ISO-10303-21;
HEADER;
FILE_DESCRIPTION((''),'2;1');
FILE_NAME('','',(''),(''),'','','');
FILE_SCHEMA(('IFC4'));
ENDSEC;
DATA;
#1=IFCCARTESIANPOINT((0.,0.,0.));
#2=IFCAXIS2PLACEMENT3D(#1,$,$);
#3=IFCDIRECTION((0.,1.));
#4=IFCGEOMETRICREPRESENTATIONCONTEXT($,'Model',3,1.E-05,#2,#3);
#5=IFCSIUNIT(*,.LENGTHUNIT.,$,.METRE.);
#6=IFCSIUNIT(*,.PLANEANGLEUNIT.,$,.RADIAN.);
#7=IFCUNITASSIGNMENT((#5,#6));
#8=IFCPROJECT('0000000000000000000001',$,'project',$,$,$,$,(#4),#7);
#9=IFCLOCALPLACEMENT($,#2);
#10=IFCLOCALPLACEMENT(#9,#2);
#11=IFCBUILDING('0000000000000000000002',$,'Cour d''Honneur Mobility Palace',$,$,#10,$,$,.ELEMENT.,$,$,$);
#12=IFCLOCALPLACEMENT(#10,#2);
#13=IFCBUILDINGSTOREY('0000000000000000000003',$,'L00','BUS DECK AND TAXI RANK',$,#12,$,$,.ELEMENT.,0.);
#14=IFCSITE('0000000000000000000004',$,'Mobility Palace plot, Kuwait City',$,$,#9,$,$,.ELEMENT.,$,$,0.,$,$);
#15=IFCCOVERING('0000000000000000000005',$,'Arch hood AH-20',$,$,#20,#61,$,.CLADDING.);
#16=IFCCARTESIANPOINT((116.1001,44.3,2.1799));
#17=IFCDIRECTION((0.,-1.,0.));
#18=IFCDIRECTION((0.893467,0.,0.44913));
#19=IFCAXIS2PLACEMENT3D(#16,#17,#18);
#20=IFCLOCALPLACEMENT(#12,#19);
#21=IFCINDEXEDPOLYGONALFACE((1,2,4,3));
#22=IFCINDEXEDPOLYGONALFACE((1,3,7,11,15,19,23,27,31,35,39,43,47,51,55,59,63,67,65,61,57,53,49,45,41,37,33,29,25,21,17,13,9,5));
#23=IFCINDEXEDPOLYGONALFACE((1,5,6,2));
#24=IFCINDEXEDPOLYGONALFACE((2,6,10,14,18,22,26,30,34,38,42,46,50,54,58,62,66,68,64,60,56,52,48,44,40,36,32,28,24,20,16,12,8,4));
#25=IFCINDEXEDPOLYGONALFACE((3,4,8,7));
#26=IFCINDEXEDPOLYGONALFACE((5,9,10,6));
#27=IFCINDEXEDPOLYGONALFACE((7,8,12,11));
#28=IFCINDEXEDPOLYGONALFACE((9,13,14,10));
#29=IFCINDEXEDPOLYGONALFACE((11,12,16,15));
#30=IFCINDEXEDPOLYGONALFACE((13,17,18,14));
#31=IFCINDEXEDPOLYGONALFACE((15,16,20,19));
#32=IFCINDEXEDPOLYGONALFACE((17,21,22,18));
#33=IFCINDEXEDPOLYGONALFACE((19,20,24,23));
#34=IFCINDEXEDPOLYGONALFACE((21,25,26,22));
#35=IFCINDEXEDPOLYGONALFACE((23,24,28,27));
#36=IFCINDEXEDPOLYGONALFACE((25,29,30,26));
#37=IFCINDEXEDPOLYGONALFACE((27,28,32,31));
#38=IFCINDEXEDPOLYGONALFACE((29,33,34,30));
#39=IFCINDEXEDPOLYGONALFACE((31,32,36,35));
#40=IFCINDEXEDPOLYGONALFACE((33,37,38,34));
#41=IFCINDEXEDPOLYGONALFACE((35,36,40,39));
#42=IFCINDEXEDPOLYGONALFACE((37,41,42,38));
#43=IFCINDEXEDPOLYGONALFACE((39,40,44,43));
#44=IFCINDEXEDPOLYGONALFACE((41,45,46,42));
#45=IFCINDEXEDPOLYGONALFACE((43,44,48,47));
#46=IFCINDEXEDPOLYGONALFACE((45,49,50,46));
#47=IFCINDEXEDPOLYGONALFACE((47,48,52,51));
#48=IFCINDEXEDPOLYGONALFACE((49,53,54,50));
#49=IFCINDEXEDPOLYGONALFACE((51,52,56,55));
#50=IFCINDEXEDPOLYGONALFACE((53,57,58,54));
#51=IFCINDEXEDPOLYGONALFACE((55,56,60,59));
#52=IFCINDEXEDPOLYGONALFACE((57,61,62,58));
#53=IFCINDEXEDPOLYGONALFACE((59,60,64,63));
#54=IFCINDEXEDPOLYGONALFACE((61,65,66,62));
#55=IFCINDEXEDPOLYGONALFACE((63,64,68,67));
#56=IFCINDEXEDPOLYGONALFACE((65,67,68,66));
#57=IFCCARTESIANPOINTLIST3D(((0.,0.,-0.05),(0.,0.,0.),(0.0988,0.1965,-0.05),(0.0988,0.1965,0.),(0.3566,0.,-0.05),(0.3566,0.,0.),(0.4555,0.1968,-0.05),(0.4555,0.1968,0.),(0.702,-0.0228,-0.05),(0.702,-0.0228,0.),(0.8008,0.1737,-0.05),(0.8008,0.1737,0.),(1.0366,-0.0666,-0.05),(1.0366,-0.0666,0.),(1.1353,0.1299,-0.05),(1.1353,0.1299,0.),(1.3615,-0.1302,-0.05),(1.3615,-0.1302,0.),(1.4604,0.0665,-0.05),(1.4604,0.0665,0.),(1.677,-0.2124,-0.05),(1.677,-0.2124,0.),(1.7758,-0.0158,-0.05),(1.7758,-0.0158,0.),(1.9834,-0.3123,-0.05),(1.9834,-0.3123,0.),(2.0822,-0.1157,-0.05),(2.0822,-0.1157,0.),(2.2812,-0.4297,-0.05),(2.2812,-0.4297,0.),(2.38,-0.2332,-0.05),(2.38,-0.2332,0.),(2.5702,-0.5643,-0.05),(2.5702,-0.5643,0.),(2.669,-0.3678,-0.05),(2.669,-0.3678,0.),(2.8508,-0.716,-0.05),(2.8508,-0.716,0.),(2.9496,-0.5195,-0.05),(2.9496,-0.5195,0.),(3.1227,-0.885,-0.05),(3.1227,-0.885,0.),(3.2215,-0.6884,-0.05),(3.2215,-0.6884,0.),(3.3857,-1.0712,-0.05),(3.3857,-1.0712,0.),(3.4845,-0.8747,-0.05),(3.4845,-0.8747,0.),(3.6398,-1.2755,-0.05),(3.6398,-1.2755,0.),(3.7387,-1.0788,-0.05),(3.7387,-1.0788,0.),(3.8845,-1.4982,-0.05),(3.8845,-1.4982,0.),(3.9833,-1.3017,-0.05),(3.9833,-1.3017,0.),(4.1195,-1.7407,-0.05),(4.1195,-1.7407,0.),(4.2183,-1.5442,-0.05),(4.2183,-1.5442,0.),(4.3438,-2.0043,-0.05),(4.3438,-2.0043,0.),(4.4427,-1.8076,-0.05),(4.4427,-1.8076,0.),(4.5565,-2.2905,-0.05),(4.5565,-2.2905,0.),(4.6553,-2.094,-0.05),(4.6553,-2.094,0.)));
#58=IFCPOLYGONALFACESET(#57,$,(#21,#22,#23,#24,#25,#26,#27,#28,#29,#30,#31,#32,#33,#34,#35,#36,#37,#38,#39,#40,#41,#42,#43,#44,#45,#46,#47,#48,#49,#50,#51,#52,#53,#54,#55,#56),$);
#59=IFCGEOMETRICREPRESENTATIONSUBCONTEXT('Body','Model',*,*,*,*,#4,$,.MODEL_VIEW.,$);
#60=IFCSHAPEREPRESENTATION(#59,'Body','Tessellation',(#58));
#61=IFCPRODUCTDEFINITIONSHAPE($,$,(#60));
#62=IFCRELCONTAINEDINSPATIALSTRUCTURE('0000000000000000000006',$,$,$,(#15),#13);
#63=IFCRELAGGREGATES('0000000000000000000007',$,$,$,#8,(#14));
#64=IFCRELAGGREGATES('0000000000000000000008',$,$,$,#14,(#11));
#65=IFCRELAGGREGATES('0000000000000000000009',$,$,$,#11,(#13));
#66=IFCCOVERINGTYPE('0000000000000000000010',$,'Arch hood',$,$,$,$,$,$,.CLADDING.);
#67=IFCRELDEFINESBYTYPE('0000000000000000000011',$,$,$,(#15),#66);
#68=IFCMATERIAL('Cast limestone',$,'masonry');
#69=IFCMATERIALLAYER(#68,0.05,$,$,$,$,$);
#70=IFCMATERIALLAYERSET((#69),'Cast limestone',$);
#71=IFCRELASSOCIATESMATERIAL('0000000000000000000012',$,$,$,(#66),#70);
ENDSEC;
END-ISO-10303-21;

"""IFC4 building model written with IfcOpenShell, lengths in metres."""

from ifc_helpers import new_model, si_unit, direction, frame, origin, place, context, subcontext, project, spatial, polyline, outline, extrude, material, layer, layer_set, type_object, element, save


model = new_model("IFC4")

# Units and contexts
model_context = context("Model", 3, precision=1e-05, world=origin(), true_north=direction((0.0, 1.0)))
body_context = subcontext(model_context, "Body", "Model", "MODEL_VIEW")
ifc_project = project(units=[si_unit("LENGTHUNIT", "METRE"), si_unit("PLANEANGLEUNIT", "RADIAN")], contexts=[model_context])

# Site, building, storey
site_placement = place(None, origin())
site = spatial("IfcSite", under=ifc_project, at=site_placement, Name="Mobility Palace plot, Kuwait City", CompositionType="ELEMENT", RefElevation=0.0)
building_placement = place(site_placement, origin())
building = spatial("IfcBuilding", under=site, at=building_placement, Name="Cour d'Honneur Mobility Palace", CompositionType="ELEMENT")
storey_placement = place(building_placement, origin())
storey = spatial("IfcBuildingStorey", under=building, at=storey_placement, Name="L00", Description="BUS DECK AND TAXI RANK", CompositionType="ELEMENT", Elevation=0.0)

# Covering
ifc_material_1 = material(Name="Cast limestone", Category="masonry")
ifc_layer_1 = layer(ifc_material_1, 0.05)
ifc_layer_set_1 = layer_set([ifc_layer_1], Name="Cast limestone")
covering_type_1 = type_object("IfcCoveringType", Name="Arch hood", PredefinedType="CLADDING", material=ifc_layer_set_1)
covering_1_placement = place(storey_placement, frame((116.1001, 44.3, 2.1799), z_axis=(0.0, -1.0, 0.0), x_axis=(0.893467, 0.0, 0.44913)))
element("IfcCovering", 1, at=covering_1_placement, inside=storey, type_object=covering_type_1, Name="Arch hood AH-20", PredefinedType="CLADDING", context=body_context, shape_type="SweptSolid", body=[
    extrude(outline(polyline([(0.0, 0.0), (0.3566, 0.0), (0.702, -0.0228), (1.0366, -0.0666), (1.3615, -0.1302), (1.677, -0.2124), (1.9834, -0.3123), (2.2812, -0.4297), (2.5702, -0.5643), (2.8508, -0.716), (3.1227, -0.885), (3.3857, -1.0712), (3.6398, -1.2755), (3.8845, -1.4982), (4.1195, -1.7407), (4.3438, -2.0043), (4.5565, -2.2905), (4.6553, -2.094), (4.4427, -1.8076), (4.2183, -1.5442), (3.9833, -1.3017), (3.7387, -1.0788), (3.4845, -0.8747), (3.2215, -0.6884), (2.9496, -0.5195), (2.669, -0.3678), (2.38, -0.2332), (2.0822, -0.1157), (1.7758, -0.0158), (1.4604, 0.0665), (1.1353, 0.1299), (0.8008, 0.1737), (0.4555, 0.1968), (0.0988, 0.1965), (0.0, 0.0)])), origin(), (0.0, 0.0, -1.0), 0.05),
])

save(model, "model.ifc")
